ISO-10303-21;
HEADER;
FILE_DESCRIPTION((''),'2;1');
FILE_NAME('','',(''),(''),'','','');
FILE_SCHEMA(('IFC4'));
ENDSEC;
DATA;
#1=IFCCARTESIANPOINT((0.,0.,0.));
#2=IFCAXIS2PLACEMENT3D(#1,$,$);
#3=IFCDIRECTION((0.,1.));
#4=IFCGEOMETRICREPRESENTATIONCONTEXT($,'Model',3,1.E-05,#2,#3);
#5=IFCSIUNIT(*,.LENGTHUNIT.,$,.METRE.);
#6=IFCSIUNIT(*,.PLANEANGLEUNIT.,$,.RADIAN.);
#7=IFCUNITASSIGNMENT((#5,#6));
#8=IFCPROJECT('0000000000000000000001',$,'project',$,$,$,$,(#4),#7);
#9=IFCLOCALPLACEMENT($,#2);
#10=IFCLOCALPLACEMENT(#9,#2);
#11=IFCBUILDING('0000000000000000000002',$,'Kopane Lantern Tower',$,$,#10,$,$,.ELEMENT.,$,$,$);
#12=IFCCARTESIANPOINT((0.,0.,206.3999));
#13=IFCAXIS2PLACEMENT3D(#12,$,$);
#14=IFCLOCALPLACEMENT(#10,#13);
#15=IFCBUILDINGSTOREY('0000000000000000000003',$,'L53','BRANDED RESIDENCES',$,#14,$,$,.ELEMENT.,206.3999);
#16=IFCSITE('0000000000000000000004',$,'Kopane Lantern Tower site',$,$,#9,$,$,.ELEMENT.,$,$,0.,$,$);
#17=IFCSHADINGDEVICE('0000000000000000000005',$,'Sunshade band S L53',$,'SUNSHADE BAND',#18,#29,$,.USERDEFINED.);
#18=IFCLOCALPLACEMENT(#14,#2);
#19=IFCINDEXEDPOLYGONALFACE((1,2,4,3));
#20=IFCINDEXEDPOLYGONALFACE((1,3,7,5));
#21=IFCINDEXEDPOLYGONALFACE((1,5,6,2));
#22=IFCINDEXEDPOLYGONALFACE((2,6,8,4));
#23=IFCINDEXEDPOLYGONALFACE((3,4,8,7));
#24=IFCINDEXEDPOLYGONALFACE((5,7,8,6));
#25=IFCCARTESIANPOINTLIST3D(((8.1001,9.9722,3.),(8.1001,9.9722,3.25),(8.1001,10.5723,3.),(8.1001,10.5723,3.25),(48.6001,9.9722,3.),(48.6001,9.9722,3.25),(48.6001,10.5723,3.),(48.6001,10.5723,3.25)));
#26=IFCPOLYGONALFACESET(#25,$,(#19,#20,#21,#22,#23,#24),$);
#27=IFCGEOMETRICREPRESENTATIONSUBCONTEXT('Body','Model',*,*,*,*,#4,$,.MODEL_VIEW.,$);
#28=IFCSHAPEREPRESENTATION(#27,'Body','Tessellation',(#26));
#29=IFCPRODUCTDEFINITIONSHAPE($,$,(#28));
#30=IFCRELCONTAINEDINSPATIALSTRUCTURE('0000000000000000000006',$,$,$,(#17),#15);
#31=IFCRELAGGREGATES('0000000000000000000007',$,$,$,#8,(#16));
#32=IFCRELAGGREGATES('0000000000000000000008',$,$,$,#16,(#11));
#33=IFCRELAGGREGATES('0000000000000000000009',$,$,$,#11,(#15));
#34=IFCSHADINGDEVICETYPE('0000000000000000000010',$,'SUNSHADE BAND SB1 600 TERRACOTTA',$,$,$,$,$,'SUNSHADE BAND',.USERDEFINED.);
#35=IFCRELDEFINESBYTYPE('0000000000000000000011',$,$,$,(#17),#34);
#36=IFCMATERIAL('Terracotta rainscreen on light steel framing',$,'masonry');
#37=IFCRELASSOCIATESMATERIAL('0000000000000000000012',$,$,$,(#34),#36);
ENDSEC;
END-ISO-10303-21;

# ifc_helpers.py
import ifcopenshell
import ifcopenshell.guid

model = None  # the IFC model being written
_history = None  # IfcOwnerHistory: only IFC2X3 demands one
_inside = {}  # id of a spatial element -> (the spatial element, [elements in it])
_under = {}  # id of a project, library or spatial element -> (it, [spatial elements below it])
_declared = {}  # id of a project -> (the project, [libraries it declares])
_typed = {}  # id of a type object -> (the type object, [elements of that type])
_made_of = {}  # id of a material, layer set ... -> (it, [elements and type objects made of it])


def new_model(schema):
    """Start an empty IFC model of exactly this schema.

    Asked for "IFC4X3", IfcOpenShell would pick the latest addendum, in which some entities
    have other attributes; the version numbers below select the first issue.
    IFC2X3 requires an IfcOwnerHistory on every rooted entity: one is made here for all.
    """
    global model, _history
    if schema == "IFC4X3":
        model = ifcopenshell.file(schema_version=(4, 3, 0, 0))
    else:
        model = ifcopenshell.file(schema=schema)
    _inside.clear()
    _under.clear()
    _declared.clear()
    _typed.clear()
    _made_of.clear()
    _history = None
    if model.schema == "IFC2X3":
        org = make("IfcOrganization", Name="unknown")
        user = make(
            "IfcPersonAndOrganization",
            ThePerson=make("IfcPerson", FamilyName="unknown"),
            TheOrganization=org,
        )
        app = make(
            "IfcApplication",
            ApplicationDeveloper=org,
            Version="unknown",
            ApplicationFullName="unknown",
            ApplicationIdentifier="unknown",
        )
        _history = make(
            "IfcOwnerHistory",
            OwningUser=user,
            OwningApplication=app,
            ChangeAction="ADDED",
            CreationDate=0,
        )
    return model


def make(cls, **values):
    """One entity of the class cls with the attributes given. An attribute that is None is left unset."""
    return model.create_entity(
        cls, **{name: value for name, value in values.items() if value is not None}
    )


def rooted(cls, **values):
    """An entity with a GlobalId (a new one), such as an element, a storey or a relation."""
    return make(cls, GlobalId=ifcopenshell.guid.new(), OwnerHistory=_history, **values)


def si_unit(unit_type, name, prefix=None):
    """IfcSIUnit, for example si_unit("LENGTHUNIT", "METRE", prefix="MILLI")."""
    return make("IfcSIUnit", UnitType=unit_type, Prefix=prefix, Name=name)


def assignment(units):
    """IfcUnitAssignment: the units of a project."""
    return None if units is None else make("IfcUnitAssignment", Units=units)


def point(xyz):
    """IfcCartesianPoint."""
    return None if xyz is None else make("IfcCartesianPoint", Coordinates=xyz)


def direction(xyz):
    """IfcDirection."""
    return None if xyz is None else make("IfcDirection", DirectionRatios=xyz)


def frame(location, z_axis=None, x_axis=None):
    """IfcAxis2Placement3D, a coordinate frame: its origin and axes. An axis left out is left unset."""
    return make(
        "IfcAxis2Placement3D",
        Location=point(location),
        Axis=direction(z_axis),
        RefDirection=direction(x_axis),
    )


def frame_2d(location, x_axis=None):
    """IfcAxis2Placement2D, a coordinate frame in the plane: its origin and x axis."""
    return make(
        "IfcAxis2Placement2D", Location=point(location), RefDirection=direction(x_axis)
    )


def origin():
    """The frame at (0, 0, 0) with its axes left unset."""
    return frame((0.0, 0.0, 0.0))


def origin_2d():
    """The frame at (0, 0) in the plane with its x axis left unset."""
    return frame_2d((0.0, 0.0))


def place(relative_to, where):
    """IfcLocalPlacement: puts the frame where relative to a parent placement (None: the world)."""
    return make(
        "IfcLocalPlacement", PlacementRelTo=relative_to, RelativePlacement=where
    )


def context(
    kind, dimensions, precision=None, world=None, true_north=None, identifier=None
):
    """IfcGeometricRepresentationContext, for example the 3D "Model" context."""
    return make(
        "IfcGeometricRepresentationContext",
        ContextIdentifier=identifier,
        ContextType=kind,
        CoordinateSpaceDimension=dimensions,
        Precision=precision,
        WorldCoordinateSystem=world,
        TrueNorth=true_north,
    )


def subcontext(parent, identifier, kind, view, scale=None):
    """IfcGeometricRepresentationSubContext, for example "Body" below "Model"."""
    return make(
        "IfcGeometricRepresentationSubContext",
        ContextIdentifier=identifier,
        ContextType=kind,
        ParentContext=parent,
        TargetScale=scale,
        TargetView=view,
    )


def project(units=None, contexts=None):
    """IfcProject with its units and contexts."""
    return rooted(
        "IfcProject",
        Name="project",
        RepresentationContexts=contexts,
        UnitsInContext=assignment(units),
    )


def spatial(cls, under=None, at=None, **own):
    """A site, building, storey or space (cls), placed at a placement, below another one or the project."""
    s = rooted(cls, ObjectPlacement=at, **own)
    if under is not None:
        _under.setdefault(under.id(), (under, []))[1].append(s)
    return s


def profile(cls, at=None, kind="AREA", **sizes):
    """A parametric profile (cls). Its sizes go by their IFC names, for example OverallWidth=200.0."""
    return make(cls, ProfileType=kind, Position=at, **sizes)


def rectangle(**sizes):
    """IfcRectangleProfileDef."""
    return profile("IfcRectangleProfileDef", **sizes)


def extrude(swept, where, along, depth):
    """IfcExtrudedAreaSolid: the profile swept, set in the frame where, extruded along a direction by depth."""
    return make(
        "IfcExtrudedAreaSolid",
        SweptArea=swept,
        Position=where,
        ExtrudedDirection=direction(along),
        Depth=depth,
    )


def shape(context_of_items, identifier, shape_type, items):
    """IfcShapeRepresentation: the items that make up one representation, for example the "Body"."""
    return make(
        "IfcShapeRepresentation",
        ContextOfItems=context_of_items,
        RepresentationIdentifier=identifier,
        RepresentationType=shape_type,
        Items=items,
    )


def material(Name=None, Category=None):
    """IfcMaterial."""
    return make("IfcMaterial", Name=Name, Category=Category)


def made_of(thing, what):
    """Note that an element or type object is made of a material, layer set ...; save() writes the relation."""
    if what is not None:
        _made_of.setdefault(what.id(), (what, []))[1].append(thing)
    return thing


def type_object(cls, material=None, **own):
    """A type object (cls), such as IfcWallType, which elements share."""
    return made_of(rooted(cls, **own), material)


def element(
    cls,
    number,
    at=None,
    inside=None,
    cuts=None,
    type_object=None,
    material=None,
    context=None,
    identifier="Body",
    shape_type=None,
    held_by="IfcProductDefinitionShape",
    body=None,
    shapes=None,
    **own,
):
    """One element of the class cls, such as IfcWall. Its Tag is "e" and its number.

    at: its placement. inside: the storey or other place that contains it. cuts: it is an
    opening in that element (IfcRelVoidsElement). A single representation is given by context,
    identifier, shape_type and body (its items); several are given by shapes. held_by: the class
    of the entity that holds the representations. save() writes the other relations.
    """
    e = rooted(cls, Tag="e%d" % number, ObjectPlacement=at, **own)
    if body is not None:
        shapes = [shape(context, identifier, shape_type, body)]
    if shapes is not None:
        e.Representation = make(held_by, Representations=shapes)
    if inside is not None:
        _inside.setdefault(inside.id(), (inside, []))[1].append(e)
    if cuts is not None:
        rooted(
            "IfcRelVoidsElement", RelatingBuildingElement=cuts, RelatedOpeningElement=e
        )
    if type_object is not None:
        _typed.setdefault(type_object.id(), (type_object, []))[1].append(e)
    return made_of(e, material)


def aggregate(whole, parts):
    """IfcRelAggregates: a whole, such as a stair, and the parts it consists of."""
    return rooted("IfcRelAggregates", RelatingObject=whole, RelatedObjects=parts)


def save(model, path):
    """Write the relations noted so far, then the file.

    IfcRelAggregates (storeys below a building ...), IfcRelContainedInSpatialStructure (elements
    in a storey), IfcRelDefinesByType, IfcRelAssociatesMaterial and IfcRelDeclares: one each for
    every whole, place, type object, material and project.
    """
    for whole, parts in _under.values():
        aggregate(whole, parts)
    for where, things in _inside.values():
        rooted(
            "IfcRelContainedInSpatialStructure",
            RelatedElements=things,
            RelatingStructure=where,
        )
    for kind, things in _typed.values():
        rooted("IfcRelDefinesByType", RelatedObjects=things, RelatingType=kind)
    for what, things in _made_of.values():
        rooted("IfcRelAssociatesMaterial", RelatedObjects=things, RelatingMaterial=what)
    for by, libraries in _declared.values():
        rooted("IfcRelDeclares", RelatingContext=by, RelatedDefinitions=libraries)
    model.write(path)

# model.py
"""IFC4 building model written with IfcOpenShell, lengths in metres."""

from ifc_helpers import new_model, si_unit, direction, frame, origin, origin_2d, place, context, subcontext, project, spatial, rectangle, extrude, material, type_object, element, save


model = new_model("IFC4")

# Units and contexts
model_context = context("Model", 3, precision=1e-05, world=origin(), true_north=direction((0.0, 1.0)))
body_context = subcontext(model_context, "Body", "Model", "MODEL_VIEW")
ifc_project = project(units=[si_unit("LENGTHUNIT", "METRE"), si_unit("PLANEANGLEUNIT", "RADIAN")], contexts=[model_context])

# Site, building, storey
site_placement = place(None, origin())
site = spatial("IfcSite", under=ifc_project, at=site_placement, Name="Kopane Lantern Tower site", CompositionType="ELEMENT", RefElevation=0.0)
building_placement = place(site_placement, origin())
building = spatial("IfcBuilding", under=site, at=building_placement, Name="Kopane Lantern Tower", CompositionType="ELEMENT")
storey_placement = place(building_placement, frame((0.0, 0.0, 206.3999)))
storey = spatial("IfcBuildingStorey", under=building, at=storey_placement, Name="L53", Description="BRANDED RESIDENCES", CompositionType="ELEMENT", Elevation=206.3999)

# Shading device
ifc_material_1 = material(Name="Terracotta rainscreen on light steel framing", Category="masonry")
shading_device_type = type_object("IfcShadingDeviceType", Name="SUNSHADE BAND SB1 600 TERRACOTTA", ElementType="SUNSHADE BAND", PredefinedType="USERDEFINED", material=ifc_material_1)
shading_device_placement = place(storey_placement, frame((28.3501, 10.2722, 3.0), z_axis=(0.0, 0.0, 1.0), x_axis=(1.0, 0.0, 0.0)))
element("IfcShadingDevice", 1, at=shading_device_placement, inside=storey, type_object=shading_device_type, Name="Sunshade band S L53", ObjectType="SUNSHADE BAND", PredefinedType="USERDEFINED", context=body_context, shape_type="SweptSolid", body=[
    extrude(rectangle(XDim=40.5, YDim=0.6001, at=origin_2d()), origin(), (0.0, 0.0, 1.0), 0.25),
])

save(model, "model.ifc")
